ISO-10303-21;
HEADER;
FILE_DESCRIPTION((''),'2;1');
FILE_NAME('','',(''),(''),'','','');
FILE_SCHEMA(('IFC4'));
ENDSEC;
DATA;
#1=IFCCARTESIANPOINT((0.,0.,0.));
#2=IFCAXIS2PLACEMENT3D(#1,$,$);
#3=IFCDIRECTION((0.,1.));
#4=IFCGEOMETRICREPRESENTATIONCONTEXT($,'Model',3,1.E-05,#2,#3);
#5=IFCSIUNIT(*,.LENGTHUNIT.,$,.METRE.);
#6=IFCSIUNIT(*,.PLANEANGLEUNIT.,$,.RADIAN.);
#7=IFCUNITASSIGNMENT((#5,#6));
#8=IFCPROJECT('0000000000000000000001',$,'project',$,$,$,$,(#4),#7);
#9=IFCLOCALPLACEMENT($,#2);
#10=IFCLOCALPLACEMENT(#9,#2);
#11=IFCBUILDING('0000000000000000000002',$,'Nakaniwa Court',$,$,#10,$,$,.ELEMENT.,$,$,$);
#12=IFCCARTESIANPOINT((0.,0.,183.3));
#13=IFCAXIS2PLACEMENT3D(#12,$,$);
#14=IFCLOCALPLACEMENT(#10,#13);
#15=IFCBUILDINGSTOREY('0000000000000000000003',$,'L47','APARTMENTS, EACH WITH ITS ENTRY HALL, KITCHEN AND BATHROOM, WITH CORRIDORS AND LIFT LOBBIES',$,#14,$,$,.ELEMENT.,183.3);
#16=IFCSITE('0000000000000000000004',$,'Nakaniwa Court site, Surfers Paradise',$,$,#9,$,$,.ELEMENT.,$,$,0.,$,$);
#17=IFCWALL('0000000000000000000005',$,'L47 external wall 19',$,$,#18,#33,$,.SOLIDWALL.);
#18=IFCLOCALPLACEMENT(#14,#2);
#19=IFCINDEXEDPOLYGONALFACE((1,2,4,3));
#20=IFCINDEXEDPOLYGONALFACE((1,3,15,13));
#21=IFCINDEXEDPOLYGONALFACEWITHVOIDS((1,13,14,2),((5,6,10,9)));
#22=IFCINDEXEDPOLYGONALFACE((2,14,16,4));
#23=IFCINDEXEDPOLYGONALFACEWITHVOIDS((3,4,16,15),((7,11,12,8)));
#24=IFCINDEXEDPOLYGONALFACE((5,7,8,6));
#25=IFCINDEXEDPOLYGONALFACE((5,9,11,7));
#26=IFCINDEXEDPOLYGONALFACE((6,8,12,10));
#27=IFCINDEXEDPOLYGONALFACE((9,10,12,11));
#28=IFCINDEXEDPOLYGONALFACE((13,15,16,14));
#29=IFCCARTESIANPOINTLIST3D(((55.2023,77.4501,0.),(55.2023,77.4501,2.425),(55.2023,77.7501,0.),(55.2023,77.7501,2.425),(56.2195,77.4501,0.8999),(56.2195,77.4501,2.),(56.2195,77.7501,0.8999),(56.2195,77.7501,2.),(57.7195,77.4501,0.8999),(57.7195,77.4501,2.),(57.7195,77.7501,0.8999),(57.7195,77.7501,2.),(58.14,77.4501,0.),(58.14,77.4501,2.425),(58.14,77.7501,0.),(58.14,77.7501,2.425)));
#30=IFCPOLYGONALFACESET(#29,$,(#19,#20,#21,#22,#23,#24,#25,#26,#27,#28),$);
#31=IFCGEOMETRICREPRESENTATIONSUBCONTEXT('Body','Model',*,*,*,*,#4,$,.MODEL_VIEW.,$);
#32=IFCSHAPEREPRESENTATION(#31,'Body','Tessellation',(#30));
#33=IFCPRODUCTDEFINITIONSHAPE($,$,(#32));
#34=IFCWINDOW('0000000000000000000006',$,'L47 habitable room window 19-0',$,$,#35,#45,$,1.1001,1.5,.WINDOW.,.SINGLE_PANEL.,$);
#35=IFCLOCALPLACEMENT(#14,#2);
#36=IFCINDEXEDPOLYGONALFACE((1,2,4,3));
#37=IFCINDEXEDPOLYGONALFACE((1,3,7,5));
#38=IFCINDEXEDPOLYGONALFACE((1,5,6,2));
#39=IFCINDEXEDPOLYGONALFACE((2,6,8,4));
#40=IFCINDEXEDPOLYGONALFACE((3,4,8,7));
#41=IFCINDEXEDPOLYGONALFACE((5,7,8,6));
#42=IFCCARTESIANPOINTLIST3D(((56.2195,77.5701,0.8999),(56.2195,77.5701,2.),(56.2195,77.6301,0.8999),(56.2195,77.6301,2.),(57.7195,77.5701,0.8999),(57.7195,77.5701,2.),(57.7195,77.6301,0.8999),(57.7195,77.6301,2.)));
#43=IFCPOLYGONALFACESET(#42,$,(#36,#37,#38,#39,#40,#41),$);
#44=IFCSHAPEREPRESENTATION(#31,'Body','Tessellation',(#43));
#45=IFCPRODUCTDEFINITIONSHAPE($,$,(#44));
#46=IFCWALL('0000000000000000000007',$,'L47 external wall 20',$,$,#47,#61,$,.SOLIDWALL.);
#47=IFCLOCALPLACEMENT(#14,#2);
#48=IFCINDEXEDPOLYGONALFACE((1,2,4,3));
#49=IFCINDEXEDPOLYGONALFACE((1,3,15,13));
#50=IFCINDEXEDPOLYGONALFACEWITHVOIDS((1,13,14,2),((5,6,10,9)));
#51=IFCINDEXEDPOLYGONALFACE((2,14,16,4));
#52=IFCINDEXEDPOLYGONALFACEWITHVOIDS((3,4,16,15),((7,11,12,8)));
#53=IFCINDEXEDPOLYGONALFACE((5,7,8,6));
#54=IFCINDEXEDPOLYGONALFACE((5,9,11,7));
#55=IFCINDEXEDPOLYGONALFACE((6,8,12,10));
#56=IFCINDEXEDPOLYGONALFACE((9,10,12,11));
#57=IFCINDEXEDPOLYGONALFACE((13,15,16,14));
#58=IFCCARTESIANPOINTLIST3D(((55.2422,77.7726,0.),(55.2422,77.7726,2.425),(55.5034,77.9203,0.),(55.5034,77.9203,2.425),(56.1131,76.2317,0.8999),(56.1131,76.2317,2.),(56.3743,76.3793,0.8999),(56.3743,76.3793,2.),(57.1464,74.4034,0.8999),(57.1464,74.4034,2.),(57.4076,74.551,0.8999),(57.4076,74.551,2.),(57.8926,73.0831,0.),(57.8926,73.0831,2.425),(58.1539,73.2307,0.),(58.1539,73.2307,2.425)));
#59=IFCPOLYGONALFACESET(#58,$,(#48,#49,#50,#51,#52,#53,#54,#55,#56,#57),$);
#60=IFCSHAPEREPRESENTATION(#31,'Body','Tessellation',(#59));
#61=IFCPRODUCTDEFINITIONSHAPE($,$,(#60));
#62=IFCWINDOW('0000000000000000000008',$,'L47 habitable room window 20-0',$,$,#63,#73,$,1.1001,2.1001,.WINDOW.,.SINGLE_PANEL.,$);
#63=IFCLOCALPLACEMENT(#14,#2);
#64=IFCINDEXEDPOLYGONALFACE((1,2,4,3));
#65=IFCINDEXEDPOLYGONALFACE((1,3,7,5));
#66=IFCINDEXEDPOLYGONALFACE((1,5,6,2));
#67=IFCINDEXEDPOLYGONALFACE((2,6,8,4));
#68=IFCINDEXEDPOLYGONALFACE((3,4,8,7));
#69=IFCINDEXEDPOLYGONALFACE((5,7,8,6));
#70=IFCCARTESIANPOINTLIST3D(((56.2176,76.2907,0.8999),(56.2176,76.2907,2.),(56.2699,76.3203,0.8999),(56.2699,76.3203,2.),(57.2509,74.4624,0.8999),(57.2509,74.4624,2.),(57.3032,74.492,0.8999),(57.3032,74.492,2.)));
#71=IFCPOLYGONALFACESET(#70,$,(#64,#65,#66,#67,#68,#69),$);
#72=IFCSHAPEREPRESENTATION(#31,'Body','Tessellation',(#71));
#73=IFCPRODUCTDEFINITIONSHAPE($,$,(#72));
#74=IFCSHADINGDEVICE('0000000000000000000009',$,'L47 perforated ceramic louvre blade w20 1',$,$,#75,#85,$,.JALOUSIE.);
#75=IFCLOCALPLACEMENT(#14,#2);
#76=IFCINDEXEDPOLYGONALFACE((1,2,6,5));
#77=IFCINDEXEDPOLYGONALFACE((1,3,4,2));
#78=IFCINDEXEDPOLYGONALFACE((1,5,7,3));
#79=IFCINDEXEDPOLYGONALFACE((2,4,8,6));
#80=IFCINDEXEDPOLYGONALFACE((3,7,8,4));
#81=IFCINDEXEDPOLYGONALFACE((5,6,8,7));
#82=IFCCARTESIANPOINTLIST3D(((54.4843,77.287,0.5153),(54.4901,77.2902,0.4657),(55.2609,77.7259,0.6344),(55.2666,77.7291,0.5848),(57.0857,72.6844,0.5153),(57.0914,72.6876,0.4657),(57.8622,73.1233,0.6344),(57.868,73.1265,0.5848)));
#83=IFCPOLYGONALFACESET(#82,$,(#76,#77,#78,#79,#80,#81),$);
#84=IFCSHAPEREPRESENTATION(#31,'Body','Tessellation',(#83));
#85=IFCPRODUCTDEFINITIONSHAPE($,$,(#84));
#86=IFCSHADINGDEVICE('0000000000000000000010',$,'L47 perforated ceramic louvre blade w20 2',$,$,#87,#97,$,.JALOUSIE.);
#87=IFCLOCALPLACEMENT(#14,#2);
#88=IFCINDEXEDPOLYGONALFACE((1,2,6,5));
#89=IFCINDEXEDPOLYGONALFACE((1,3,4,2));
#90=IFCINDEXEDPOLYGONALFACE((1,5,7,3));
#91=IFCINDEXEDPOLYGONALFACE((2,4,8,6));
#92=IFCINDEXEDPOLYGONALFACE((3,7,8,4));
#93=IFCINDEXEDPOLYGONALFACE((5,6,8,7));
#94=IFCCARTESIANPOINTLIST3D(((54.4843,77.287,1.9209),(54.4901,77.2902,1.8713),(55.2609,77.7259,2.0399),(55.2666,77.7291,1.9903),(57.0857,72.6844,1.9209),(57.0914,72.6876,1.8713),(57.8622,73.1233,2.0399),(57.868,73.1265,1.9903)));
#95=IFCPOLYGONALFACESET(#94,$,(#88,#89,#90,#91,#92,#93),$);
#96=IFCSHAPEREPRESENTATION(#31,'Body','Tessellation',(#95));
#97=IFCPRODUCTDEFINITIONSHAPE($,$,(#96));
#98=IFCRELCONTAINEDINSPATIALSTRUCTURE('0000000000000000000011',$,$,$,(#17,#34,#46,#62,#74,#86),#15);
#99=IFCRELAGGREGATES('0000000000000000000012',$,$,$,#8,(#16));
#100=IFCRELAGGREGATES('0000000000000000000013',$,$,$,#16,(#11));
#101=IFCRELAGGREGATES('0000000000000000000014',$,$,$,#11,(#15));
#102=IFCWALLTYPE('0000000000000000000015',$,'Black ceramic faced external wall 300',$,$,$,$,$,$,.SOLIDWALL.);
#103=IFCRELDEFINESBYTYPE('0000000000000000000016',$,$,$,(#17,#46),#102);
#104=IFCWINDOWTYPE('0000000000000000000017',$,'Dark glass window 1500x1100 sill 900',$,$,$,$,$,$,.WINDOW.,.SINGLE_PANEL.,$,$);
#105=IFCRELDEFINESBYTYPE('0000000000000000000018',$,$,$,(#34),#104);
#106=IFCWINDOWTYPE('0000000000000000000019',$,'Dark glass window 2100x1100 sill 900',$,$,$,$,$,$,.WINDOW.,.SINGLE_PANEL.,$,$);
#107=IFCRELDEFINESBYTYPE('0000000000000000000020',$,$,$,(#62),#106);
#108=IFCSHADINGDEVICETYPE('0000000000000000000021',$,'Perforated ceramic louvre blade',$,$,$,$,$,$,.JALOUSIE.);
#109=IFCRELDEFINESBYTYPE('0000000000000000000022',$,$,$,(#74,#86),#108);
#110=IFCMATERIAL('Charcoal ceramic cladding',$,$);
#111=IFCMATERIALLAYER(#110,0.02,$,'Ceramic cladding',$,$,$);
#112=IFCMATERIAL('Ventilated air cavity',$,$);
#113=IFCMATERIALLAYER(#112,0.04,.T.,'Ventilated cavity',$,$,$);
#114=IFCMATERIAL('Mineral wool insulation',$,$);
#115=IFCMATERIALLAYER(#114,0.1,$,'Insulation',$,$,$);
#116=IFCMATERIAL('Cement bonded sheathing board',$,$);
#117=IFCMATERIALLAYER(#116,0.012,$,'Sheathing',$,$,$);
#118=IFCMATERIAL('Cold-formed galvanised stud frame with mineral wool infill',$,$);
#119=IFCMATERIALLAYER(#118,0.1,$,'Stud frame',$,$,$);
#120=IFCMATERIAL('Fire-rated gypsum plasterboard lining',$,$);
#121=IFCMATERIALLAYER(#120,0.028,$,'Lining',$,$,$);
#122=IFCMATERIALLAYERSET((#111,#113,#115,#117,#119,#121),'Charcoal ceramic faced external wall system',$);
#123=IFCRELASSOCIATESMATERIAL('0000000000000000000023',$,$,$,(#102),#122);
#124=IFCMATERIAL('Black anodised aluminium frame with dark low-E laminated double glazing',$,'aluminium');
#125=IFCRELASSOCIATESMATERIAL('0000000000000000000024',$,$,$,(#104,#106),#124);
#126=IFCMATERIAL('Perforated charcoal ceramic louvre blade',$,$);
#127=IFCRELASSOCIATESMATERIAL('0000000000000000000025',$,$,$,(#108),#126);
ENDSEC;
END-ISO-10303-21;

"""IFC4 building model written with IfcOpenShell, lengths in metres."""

from ifc_helpers import new_model, si_unit, direction, frame, frame_2d, origin, origin_2d, place, context, subcontext, project, spatial, rectangle, extrude, material, layer, layer_set, material_profile, profile_set, type_object, element, fill, save


model = new_model("IFC4")

# Units and contexts
model_context = context("Model", 3, precision=1e-05, world=origin(), true_north=direction((0.0, 1.0)))
body_context = subcontext(model_context, "Body", "Model", "MODEL_VIEW")
ifc_project = project(units=[si_unit("LENGTHUNIT", "METRE"), si_unit("PLANEANGLEUNIT", "RADIAN")], contexts=[model_context])

# Site, building, storey
site_placement = place(None, origin())
site = spatial("IfcSite", under=ifc_project, at=site_placement, Name="Nakaniwa Court site, Surfers Paradise", CompositionType="ELEMENT", RefElevation=0.0)
building_placement = place(site_placement, origin())
building = spatial("IfcBuilding", under=site, at=building_placement, Name="Nakaniwa Court", CompositionType="ELEMENT")
storey_placement = place(building_placement, frame((0.0, 0.0, 183.3)))
storey = spatial("IfcBuildingStorey", under=building, at=storey_placement, Name="L47", Description="APARTMENTS, EACH WITH ITS ENTRY HALL, KITCHEN AND BATHROOM, WITH CORRIDORS AND LIFT LOBBIES", CompositionType="ELEMENT", Elevation=183.3)

# Walls, openings, windows
ifc_material_1 = material(Name="Charcoal ceramic cladding")
ifc_layer_1 = layer(ifc_material_1, 0.02, Name="Ceramic cladding")
ifc_material_2 = material(Name="Ventilated air cavity")
ifc_layer_2 = layer(ifc_material_2, 0.04, ventilated=True, Name="Ventilated cavity")
ifc_material_3 = material(Name="Mineral wool insulation")
ifc_layer_3 = layer(ifc_material_3, 0.1, Name="Insulation")
ifc_material_4 = material(Name="Cement bonded sheathing board")
ifc_layer_4 = layer(ifc_material_4, 0.012, Name="Sheathing")
ifc_material_5 = material(Name="Cold-formed galvanised stud frame with mineral wool infill")
ifc_layer_5 = layer(ifc_material_5, 0.1, Name="Stud frame")
ifc_material_6 = material(Name="Fire-rated gypsum plasterboard lining")
ifc_layer_6 = layer(ifc_material_6, 0.028, Name="Lining")
ifc_layer_set_1 = layer_set([ifc_layer_1, ifc_layer_2, ifc_layer_3, ifc_layer_4, ifc_layer_5, ifc_layer_6], Name="Charcoal ceramic faced external wall system")
wall_type_1 = type_object("IfcWallType", Name="Black ceramic faced external wall 300", PredefinedType="SOLIDWALL", material=ifc_layer_set_1)
ifc_material_7 = material(Name="Black anodised aluminium frame with dark low-E laminated double glazing", Category="aluminium")
window_type_1 = type_object("IfcWindowType", Name="Dark glass window 1500x1100 sill 900", PartitioningType="SINGLE_PANEL", PredefinedType="WINDOW", material=ifc_material_7)
window_type_2 = type_object("IfcWindowType", Name="Dark glass window 2100x1100 sill 900", PartitioningType="SINGLE_PANEL", PredefinedType="WINDOW", material=ifc_material_7)
wall_1_placement = place(storey_placement, frame((58.1399, 77.6001, 0.0), z_axis=(0.0, 0.0, 1.0), x_axis=(-1.0, 0.0, 0.0)))
wall_1 = element("IfcWall", 1, at=wall_1_placement, inside=storey, type_object=wall_type_1, Name="L47 external wall 19", PredefinedType="SOLIDWALL", context=body_context, shape_type="SweptSolid", body=[
    extrude(rectangle(XDim=2.9377, YDim=0.3, at=frame_2d((1.4688, 0.0))), origin(), (0.0, 0.0, 1.0), 2.425),
])
opening_1_placement = place(wall_1_placement, frame((0.4204, 0.0, 0.8999)))
opening_1 = element("IfcOpeningElement", 2, at=opening_1_placement, cuts=wall_1, PredefinedType="OPENING", context=body_context, shape_type="SweptSolid", body=[
    extrude(rectangle(XDim=1.5, YDim=1.1001, at=frame_2d((0.75, 0.55))), frame((0.0, 0.1599, 0.0), z_axis=(0.0, -1.0, 0.0), x_axis=(1.0, 0.0, 0.0)), (0.0, 0.0, 1.0), 0.3201),
])
window_1_placement = place(opening_1_placement, origin())
window_1 = element("IfcWindow", 3, at=window_1_placement, inside=storey, type_object=window_type_1, Name="L47 habitable room window 19-0", OverallHeight=1.1001, OverallWidth=1.5, PartitioningType="SINGLE_PANEL", PredefinedType="WINDOW", context=body_context, shape_type="SweptSolid", body=[
    extrude(rectangle(XDim=1.5, YDim=1.1001, at=frame_2d((0.75, 0.55))), frame((0.0, 0.03, 0.0), z_axis=(0.0, -1.0, 0.0), x_axis=(1.0, 0.0, 0.0)), (0.0, 0.0, 1.0), 0.0601),
])
fill(opening_1, window_1)
wall_2_placement = place(storey_placement, frame((55.3728, 77.8464, 0.0), z_axis=(0.0, 0.0, 1.0), x_axis=(0.492033, -0.870576, 0.0)))
wall_2 = element("IfcWall", 4, at=wall_2_placement, inside=storey, type_object=wall_type_1, Name="L47 external wall 20", PredefinedType="SOLIDWALL", context=body_context, shape_type="SweptSolid", body=[
    extrude(rectangle(XDim=5.3867, YDim=0.3, at=frame_2d((2.6934, 0.0))), origin(), (0.0, 0.0, 1.0), 2.425),
])
opening_2_placement = place(wall_2_placement, frame((1.77, 0.0, 0.8999)))
opening_2 = element("IfcOpeningElement", 5, at=opening_2_placement, cuts=wall_2, PredefinedType="OPENING", context=body_context, shape_type="SweptSolid", body=[
    extrude(rectangle(XDim=2.1001, YDim=1.1001, at=frame_2d((1.05, 0.55))), frame((0.0, 0.1599, 0.0), z_axis=(0.0, -1.0, 0.0), x_axis=(1.0, 0.0, 0.0)), (0.0, 0.0, 1.0), 0.3201),
])
window_2_placement = place(opening_2_placement, origin())
window_2 = element("IfcWindow", 6, at=window_2_placement, inside=storey, type_object=window_type_2, Name="L47 habitable room window 20-0", OverallHeight=1.1001, OverallWidth=2.1001, PartitioningType="SINGLE_PANEL", PredefinedType="WINDOW", context=body_context, shape_type="SweptSolid", body=[
    extrude(rectangle(XDim=2.1001, YDim=1.1001, at=frame_2d((1.05, 0.55))), frame((0.0, 0.03, 0.0), z_axis=(0.0, -1.0, 0.0), x_axis=(1.0, 0.0, 0.0)), (0.0, 0.0, 1.0), 0.0601),
])
fill(opening_2, window_2)

# Shading devices
ifc_material_8 = material(Name="Perforated charcoal ceramic louvre blade")
ifc_material_profile_1 = material_profile(ifc_material_8, rectangle(XDim=0.8999, YDim=0.05, at=origin_2d()), Name="Perforated ceramic louvre blade")
ifc_profile_set_1 = profile_set([ifc_material_profile_1], Name="Perforated charcoal ceramic louvre blade")
shading_device_type = type_object("IfcShadingDeviceType", Name="Perforated ceramic louvre blade", PredefinedType="JALOUSIE", material=ifc_profile_set_1)
for number, where, z_axis, x_axis, name in (
    (7, (54.8755, 77.5081, 0.55), (0.492041, -0.870572, 0.0), (0.862925, 0.487718, 0.132256), "L47 perforated ceramic louvre blade w20 1"),
    (8, (54.8755, 77.5081, 1.9556), (0.492041, -0.870572, 0.0), (0.862925, 0.487718, 0.132256), "L47 perforated ceramic louvre blade w20 2"),
):
    element("IfcShadingDevice", number, at=place(storey_placement, frame(where, z_axis=z_axis, x_axis=x_axis)), inside=storey, type_object=shading_device_type, Name=name, PredefinedType="JALOUSIE", context=body_context, shape_type="SweptSolid", body=[
        extrude(rectangle(XDim=0.8999, YDim=0.05, at=origin_2d()), origin(), (0.0, 0.0, 1.0), 5.2869),
    ])

save(model, "model.ifc")
